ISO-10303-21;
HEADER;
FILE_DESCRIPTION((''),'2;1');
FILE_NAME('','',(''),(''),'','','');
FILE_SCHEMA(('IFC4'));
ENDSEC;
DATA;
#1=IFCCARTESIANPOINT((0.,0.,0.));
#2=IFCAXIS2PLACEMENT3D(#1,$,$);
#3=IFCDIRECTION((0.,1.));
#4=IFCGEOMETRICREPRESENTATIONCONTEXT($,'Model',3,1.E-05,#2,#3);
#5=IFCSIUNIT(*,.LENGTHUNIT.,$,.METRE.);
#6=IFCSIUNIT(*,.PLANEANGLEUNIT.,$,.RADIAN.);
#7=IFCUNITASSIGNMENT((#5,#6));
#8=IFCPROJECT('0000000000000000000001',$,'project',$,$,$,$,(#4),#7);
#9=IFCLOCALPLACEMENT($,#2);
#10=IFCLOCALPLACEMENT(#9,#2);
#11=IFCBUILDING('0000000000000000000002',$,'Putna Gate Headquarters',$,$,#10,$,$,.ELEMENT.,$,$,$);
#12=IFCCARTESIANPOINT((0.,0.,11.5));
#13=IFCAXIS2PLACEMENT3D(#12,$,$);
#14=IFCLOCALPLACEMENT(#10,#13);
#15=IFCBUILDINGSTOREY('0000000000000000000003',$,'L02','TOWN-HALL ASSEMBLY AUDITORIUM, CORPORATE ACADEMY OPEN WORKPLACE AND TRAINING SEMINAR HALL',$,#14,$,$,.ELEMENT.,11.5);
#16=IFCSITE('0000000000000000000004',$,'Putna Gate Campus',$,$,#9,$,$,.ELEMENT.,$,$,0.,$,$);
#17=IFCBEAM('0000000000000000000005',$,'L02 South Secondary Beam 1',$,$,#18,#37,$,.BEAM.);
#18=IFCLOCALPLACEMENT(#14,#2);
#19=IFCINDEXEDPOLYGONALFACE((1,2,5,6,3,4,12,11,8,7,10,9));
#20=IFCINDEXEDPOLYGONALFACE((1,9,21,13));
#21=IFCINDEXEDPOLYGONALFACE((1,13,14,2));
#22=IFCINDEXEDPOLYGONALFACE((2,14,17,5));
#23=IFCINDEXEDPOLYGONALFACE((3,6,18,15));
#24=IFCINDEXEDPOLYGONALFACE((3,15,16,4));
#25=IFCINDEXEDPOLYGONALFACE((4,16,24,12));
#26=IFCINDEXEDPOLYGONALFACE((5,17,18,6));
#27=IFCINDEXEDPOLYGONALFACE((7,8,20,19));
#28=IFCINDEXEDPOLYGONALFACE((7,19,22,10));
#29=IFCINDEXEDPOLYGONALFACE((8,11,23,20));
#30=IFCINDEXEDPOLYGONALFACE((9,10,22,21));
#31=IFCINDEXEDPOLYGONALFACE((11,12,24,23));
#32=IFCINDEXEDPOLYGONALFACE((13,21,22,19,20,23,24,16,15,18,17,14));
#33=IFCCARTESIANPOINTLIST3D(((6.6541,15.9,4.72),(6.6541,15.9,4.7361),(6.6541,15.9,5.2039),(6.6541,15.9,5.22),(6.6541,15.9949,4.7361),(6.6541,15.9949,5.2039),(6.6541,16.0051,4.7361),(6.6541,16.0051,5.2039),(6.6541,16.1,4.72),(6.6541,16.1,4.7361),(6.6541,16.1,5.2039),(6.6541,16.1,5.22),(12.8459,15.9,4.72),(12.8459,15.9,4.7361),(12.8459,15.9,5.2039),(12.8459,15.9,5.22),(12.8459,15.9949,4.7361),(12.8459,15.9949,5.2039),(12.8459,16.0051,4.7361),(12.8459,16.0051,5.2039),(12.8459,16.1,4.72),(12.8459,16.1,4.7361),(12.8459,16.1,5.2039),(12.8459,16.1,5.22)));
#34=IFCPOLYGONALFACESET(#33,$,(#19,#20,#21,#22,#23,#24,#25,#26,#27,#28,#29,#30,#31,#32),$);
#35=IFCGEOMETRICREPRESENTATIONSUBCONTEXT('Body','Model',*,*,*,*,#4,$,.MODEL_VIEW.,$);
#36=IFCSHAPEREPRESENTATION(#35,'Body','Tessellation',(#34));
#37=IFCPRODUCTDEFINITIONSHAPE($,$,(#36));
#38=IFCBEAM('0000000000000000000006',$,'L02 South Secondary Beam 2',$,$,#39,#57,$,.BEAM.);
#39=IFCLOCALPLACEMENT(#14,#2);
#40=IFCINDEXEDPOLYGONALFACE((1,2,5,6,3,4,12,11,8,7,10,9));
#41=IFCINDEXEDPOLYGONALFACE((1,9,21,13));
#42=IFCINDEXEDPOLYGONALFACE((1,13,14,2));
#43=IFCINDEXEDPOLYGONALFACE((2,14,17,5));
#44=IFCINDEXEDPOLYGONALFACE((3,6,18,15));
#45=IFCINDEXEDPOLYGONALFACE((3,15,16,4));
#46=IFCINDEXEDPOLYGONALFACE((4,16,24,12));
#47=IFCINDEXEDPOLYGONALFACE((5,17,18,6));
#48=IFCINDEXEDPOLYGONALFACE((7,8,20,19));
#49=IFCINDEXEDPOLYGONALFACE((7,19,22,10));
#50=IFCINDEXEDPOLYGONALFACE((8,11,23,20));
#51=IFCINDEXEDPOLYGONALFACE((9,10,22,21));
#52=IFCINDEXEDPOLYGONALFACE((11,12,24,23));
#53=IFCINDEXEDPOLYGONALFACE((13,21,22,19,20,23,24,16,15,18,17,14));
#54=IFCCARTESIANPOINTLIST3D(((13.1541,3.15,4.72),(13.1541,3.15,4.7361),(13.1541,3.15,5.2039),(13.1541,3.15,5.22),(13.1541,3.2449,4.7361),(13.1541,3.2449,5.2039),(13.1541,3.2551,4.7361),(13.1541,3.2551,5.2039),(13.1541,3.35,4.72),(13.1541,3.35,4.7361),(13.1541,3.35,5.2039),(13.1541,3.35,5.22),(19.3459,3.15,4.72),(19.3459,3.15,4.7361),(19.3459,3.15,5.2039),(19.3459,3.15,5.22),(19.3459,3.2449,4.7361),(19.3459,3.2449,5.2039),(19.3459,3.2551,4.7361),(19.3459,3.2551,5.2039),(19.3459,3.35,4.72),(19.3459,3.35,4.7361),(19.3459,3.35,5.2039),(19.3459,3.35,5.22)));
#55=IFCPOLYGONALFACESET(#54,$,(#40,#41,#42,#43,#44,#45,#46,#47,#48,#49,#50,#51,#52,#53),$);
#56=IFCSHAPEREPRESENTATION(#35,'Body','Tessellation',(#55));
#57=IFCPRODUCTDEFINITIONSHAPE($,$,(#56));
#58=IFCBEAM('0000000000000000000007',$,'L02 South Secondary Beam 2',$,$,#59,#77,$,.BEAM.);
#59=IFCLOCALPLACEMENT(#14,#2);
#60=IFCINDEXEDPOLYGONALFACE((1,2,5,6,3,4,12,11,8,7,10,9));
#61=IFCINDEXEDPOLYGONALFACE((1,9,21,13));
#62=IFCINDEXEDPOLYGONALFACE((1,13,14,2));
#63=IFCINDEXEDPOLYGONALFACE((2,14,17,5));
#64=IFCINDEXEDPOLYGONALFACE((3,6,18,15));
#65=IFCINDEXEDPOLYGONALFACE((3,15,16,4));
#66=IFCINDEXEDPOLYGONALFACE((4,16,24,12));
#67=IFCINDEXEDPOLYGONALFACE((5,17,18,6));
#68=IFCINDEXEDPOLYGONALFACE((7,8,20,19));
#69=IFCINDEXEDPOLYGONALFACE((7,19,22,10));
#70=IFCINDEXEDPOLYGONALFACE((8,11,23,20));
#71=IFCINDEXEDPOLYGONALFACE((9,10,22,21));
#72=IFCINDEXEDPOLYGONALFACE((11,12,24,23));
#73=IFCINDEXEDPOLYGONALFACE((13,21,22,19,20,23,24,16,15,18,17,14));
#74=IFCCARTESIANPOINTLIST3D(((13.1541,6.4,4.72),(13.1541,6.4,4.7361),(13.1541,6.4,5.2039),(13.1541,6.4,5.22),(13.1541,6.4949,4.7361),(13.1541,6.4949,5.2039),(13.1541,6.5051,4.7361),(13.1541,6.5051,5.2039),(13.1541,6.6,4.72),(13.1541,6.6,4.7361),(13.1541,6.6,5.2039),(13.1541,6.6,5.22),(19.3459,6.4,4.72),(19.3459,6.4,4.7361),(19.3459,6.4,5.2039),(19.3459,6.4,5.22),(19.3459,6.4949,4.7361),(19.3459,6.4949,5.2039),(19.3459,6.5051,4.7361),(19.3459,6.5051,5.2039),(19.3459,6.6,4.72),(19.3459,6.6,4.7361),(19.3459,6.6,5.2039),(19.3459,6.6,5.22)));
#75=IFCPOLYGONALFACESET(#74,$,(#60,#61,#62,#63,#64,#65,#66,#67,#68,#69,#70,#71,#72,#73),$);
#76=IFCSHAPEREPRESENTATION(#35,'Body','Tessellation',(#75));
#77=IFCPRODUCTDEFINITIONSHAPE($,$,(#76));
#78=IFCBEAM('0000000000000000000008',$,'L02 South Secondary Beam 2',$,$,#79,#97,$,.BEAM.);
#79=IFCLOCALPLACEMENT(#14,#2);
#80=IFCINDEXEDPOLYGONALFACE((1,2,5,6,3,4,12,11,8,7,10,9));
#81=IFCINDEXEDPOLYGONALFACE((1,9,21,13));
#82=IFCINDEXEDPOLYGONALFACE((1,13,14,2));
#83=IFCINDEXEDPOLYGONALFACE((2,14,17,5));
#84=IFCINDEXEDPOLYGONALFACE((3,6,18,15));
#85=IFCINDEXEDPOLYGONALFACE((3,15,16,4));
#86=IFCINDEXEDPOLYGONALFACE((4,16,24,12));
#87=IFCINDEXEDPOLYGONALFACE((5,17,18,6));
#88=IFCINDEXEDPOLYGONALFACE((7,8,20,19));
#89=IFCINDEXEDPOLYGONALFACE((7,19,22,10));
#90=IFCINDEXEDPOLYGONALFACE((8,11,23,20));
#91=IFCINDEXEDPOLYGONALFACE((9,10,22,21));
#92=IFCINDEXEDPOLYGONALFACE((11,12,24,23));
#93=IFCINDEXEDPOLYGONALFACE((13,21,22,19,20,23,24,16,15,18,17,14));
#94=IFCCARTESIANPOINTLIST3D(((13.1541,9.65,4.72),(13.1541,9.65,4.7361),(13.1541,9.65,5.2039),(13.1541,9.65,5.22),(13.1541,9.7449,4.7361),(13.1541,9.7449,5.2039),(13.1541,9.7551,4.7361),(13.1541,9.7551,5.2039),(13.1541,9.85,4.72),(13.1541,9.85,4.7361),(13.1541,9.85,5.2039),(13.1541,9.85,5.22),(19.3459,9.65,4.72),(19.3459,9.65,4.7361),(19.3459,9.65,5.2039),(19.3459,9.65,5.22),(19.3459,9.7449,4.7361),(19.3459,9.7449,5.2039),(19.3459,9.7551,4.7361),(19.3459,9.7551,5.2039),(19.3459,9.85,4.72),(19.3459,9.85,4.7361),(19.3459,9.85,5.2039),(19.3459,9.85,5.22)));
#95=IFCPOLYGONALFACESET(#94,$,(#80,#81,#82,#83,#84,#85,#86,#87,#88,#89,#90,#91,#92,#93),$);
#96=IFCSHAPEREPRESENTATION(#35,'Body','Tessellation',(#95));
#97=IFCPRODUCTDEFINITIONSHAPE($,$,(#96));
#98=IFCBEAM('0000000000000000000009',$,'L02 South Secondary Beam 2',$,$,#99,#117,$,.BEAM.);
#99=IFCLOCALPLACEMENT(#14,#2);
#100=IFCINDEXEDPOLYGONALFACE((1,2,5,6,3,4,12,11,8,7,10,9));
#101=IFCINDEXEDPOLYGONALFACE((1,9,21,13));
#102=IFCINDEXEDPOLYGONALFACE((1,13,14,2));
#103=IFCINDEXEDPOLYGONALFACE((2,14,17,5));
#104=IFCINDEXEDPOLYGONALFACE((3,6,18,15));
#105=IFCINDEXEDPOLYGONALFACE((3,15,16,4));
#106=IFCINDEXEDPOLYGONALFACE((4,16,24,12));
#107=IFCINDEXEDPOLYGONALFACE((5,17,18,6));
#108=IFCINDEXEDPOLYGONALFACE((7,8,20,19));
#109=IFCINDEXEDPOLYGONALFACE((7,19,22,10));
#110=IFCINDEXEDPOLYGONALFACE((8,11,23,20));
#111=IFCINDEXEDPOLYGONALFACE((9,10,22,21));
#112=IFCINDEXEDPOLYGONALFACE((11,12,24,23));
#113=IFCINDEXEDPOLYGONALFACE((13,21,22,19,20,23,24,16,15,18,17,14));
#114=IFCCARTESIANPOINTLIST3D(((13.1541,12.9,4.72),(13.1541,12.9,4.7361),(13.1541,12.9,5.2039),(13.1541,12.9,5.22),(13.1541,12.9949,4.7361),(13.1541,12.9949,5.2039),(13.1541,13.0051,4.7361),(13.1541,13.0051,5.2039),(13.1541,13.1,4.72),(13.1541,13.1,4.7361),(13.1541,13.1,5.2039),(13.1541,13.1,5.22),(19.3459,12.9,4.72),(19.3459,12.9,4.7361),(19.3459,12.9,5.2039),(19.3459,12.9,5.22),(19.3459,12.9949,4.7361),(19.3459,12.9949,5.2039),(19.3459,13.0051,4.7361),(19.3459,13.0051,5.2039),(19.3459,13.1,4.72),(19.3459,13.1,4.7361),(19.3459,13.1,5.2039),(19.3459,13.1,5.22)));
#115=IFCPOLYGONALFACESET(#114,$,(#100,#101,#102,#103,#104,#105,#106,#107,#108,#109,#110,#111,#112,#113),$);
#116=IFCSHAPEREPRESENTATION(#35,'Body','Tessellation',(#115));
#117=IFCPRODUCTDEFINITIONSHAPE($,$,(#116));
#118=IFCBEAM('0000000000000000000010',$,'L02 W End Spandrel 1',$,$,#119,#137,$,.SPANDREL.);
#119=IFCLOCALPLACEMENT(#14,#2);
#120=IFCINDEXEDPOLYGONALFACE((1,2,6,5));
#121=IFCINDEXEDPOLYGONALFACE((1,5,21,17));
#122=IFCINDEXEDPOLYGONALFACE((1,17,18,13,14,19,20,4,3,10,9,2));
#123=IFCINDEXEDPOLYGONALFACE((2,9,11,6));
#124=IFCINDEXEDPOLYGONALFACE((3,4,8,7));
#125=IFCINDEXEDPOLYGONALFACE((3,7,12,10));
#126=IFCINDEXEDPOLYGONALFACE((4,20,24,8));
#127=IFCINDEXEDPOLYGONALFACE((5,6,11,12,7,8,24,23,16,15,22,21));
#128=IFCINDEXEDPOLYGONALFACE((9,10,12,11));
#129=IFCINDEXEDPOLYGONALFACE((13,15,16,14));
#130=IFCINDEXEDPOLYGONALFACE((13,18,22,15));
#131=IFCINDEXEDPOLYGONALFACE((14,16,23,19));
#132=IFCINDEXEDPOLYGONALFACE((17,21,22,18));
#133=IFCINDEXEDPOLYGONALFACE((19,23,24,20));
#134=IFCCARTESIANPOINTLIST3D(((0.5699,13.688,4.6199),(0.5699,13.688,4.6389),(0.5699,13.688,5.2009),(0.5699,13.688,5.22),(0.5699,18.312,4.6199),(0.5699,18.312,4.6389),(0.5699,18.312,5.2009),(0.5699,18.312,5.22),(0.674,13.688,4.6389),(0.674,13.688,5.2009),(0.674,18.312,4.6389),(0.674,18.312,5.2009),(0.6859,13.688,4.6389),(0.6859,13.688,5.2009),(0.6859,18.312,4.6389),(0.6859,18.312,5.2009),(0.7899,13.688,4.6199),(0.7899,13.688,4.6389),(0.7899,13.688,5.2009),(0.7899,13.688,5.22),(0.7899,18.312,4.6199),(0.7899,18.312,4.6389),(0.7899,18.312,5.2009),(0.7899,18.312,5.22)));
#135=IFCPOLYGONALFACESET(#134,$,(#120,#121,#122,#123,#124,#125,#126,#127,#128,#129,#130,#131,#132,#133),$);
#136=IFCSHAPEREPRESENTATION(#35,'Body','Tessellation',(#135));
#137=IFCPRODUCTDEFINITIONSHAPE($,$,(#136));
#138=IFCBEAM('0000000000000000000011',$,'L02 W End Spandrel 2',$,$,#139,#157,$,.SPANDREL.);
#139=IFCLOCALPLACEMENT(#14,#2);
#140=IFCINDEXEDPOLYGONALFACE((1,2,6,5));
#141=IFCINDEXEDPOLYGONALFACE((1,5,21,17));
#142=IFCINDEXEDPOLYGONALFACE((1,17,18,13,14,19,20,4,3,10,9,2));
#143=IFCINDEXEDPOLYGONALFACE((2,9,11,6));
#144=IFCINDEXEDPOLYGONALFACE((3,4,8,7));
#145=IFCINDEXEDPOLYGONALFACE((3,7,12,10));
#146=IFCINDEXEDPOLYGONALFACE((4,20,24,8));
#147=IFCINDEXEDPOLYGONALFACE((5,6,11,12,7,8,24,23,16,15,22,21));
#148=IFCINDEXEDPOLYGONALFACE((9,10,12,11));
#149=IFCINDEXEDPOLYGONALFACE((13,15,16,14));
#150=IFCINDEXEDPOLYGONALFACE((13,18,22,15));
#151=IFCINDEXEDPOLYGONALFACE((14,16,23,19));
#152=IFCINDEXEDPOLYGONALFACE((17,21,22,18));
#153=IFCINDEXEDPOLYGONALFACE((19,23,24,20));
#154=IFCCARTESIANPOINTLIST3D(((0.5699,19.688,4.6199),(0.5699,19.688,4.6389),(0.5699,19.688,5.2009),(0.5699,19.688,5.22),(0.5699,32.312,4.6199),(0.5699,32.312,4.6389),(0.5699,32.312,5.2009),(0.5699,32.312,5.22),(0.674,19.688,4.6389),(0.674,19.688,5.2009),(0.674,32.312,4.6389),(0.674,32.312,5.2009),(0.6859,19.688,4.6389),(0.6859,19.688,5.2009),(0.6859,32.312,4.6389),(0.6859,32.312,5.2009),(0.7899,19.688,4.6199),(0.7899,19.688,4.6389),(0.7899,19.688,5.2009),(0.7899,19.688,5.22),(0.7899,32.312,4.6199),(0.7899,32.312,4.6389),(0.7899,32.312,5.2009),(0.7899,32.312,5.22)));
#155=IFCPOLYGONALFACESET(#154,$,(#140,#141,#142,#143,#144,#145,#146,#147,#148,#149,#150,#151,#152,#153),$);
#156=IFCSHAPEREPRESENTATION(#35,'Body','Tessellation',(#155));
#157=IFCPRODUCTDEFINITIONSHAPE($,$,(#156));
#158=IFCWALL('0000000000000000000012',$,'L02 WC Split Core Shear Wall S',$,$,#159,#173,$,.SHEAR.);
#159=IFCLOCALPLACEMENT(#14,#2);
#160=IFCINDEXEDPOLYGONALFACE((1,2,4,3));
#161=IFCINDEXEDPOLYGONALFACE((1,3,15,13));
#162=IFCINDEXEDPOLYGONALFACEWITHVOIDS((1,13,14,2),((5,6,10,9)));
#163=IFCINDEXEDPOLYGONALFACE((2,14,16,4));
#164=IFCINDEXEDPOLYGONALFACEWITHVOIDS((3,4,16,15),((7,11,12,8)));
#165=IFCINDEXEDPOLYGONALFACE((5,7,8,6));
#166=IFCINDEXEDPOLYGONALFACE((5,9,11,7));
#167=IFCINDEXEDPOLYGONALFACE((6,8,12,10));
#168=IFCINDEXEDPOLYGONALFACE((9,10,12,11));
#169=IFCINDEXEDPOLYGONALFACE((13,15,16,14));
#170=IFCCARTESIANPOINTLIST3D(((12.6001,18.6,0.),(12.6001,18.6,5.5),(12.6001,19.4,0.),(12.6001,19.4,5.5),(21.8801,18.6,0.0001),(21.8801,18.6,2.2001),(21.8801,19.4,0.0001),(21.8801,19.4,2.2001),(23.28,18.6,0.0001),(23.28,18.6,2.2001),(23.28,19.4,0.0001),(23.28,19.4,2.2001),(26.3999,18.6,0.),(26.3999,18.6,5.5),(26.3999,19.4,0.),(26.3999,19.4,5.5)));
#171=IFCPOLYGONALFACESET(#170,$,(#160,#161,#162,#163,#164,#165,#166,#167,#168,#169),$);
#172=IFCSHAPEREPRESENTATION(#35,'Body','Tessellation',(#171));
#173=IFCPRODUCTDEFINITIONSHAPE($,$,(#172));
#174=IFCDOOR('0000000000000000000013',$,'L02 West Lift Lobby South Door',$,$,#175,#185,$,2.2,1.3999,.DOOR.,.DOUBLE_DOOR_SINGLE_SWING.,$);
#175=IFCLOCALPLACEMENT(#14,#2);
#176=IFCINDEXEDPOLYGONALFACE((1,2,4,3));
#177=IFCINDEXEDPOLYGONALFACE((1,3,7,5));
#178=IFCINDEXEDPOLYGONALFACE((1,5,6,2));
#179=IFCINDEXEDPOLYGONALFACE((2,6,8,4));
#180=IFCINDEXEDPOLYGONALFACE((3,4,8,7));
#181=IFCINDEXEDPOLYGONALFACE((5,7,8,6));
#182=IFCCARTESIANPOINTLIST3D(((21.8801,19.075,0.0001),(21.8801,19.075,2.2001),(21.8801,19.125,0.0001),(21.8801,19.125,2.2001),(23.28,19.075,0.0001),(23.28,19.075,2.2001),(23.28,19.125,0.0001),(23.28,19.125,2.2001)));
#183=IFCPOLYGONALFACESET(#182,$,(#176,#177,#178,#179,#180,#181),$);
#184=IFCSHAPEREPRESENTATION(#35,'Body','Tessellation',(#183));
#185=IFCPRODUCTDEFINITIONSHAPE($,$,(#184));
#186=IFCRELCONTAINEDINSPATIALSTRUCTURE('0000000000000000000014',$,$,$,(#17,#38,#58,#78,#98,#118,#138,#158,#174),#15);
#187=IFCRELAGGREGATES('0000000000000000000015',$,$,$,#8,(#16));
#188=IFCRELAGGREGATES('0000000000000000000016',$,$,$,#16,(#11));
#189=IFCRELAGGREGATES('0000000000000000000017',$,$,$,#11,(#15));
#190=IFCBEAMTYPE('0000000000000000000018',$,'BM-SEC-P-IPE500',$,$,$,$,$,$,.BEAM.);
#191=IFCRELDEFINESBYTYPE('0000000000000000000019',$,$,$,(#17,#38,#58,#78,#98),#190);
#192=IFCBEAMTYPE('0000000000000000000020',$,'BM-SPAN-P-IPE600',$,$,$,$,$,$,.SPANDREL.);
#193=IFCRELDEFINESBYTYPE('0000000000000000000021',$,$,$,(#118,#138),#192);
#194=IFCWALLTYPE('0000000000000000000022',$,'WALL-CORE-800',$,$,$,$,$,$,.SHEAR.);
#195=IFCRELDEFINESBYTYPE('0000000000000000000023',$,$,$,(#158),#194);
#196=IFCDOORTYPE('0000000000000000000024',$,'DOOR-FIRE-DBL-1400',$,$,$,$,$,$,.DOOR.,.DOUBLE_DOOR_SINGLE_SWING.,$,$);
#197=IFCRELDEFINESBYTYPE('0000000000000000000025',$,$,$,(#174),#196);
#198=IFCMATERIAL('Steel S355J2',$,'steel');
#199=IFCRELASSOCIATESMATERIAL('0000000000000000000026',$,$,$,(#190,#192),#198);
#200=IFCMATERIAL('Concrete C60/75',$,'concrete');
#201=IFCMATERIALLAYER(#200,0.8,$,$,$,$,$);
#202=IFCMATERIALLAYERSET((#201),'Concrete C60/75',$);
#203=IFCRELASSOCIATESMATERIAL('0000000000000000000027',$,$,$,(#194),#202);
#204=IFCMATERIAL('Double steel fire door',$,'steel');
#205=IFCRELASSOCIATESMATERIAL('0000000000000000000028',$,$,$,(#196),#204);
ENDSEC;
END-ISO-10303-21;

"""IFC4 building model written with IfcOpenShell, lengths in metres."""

from ifc_helpers import new_model, si_unit, direction, frame, frame_2d, origin, origin_2d, place, context, subcontext, project, spatial, rectangle, i_section, extrude, material, layer, layer_set, material_profile, profile_set, type_object, element, fill, save


model = new_model("IFC4")

# Units and contexts
model_context = context("Model", 3, precision=1e-05, world=origin(), true_north=direction((0.0, 1.0)))
body_context = subcontext(model_context, "Body", "Model", "MODEL_VIEW")
ifc_project = project(units=[si_unit("LENGTHUNIT", "METRE"), si_unit("PLANEANGLEUNIT", "RADIAN")], contexts=[model_context])

# Site, building, storey
site_placement = place(None, origin())
site = spatial("IfcSite", under=ifc_project, at=site_placement, Name="Putna Gate Campus", CompositionType="ELEMENT", RefElevation=0.0)
building_placement = place(site_placement, origin())
building = spatial("IfcBuilding", under=site, at=building_placement, Name="Putna Gate Headquarters", CompositionType="ELEMENT")
storey_placement = place(building_placement, frame((0.0, 0.0, 11.5)))
storey = spatial("IfcBuildingStorey", under=building, at=storey_placement, Name="L02", Description="TOWN-HALL ASSEMBLY AUDITORIUM, CORPORATE ACADEMY OPEN WORKPLACE AND TRAINING SEMINAR HALL", CompositionType="ELEMENT", Elevation=11.5)

# Shared definitions
ifc_material_1 = material(Name="Concrete C60/75", Category="concrete")

# Beams
ifc_material_2 = material(Name="Steel S355J2", Category="steel")
ifc_material_profile_1 = material_profile(ifc_material_2, i_section(OverallWidth=0.2, OverallDepth=0.5, WebThickness=0.0103, FlangeThickness=0.0161, at=origin_2d()), Name="Steel S355J2")
ifc_profile_set_1 = profile_set([ifc_material_profile_1], Name="Steel S355J2")
beam_type_1 = type_object("IfcBeamType", Name="BM-SEC-P-IPE500", PredefinedType="BEAM", material=ifc_profile_set_1)
for number, where, z_axis, x_axis, name in (
    (1, (6.6541, 16.0, 4.97), (1.0, 0.0, 0.0), (0.0, 1.0, 0.0), "L02 South Secondary Beam 1"),
    (2, (13.1541, 3.25, 4.97), (1.0, 0.0, 0.0), (0.0, 1.0, 0.0), "L02 South Secondary Beam 2"),
    (3, (13.1541, 6.5, 4.97), (1.0, 0.0, 0.0), (0.0, 1.0, 0.0), "L02 South Secondary Beam 2"),
    (4, (13.1541, 9.75, 4.97), (1.0, 0.0, 0.0), (0.0, 1.0, 0.0), "L02 South Secondary Beam 2"),
    (5, (13.1541, 13.0, 4.97), (1.0, 0.0, 0.0), (0.0, 1.0, 0.0), "L02 South Secondary Beam 2"),
):
    element("IfcBeam", number, at=place(storey_placement, frame(where, z_axis=z_axis, x_axis=x_axis)), inside=storey, type_object=beam_type_1, Name=name, PredefinedType="BEAM", context=body_context, shape_type="SweptSolid", body=[
        extrude(i_section(OverallWidth=0.2, OverallDepth=0.5, WebThickness=0.0103, FlangeThickness=0.0161, at=origin_2d()), origin(), (0.0, 0.0, 1.0), 6.1919),
    ])
ifc_material_profile_2 = material_profile(ifc_material_2, i_section(OverallWidth=0.22, OverallDepth=0.6001, WebThickness=0.012, FlangeThickness=0.019, at=origin_2d()), Name="Steel S355J2")
ifc_profile_set_2 = profile_set([ifc_material_profile_2], Name="Steel S355J2")
beam_type_2 = type_object("IfcBeamType", Name="BM-SPAN-P-IPE600", PredefinedType="SPANDREL", material=ifc_profile_set_2)
beam_1_placement = place(storey_placement, frame((0.6799, 13.688, 4.9199), z_axis=(0.0, 1.0, 0.0), x_axis=(-1.0, 0.0, 0.0)))
element("IfcBeam", 6, at=beam_1_placement, inside=storey, type_object=beam_type_2, Name="L02 W End Spandrel 1", PredefinedType="SPANDREL", context=body_context, shape_type="SweptSolid", body=[
    extrude(i_section(OverallWidth=0.22, OverallDepth=0.6001, WebThickness=0.012, FlangeThickness=0.019, at=origin_2d()), origin(), (0.0, 0.0, 1.0), 4.624),
])
beam_2_placement = place(storey_placement, frame((0.6799, 19.688, 4.9199), z_axis=(0.0, 1.0, 0.0), x_axis=(-1.0, 0.0, 0.0)))
element("IfcBeam", 7, at=beam_2_placement, inside=storey, type_object=beam_type_2, Name="L02 W End Spandrel 2", PredefinedType="SPANDREL", context=body_context, shape_type="SweptSolid", body=[
    extrude(i_section(OverallWidth=0.22, OverallDepth=0.6001, WebThickness=0.012, FlangeThickness=0.019, at=origin_2d()), origin(), (0.0, 0.0, 1.0), 12.624),
])

# Wall, opening, door
ifc_layer_1 = layer(ifc_material_1, 0.8)
ifc_layer_set_1 = layer_set([ifc_layer_1], Name="Concrete C60/75")
wall_type_1 = type_object("IfcWallType", Name="WALL-CORE-800", PredefinedType="SHEAR", material=ifc_layer_set_1)
wall_1_placement = place(storey_placement, frame((12.6001, 19.0, 0.0), z_axis=(0.0, 0.0, 1.0), x_axis=(1.0, 0.0, 0.0)))
wall_1 = element("IfcWall", 8, at=wall_1_placement, inside=storey, type_object=wall_type_1, Name="L02 WC Split Core Shear Wall S", PredefinedType="SHEAR", context=body_context, shape_type="SweptSolid", body=[
    extrude(rectangle(XDim=13.7998, YDim=0.8, at=frame_2d((6.8999, 0.0))), origin(), (0.0, 0.0, 1.0), 5.5),
])
opening_1_placement = place(wall_1_placement, frame((9.28, 0.0, 0.0)))
opening_1 = element("IfcOpeningElement", 9, at=opening_1_placement, cuts=wall_1, PredefinedType="OPENING", context=body_context, shape_type="SweptSolid", body=[
    extrude(rectangle(XDim=1.3999, YDim=2.2, at=frame_2d((0.7, 1.1001))), frame((0.0, 0.4099, 0.0), z_axis=(0.0, -1.0, 0.0), x_axis=(1.0, 0.0, 0.0)), (0.0, 0.0, 1.0), 0.8201),
])
ifc_material_3 = material(Name="Double steel fire door", Category="steel")
door_type_1 = type_object("IfcDoorType", Name="DOOR-FIRE-DBL-1400", OperationType="DOUBLE_DOOR_SINGLE_SWING", PredefinedType="DOOR", material=ifc_material_3)
door_1_placement = place(opening_1_placement, origin())
door_1 = element("IfcDoor", 10, at=door_1_placement, inside=storey, type_object=door_type_1, Name="L02 West Lift Lobby South Door", OperationType="DOUBLE_DOOR_SINGLE_SWING", OverallHeight=2.2, OverallWidth=1.3999, PredefinedType="DOOR", context=body_context, shape_type="SweptSolid", body=[
    extrude(rectangle(XDim=1.3999, YDim=2.2, at=frame_2d((0.7, 1.1001))), frame((0.0, 0.125, 0.0), z_axis=(0.0, -1.0, 0.0), x_axis=(1.0, 0.0, 0.0)), (0.0, 0.0, 1.0), 0.05),
])
fill(opening_1, door_1)

save(model, "model.ifc")
